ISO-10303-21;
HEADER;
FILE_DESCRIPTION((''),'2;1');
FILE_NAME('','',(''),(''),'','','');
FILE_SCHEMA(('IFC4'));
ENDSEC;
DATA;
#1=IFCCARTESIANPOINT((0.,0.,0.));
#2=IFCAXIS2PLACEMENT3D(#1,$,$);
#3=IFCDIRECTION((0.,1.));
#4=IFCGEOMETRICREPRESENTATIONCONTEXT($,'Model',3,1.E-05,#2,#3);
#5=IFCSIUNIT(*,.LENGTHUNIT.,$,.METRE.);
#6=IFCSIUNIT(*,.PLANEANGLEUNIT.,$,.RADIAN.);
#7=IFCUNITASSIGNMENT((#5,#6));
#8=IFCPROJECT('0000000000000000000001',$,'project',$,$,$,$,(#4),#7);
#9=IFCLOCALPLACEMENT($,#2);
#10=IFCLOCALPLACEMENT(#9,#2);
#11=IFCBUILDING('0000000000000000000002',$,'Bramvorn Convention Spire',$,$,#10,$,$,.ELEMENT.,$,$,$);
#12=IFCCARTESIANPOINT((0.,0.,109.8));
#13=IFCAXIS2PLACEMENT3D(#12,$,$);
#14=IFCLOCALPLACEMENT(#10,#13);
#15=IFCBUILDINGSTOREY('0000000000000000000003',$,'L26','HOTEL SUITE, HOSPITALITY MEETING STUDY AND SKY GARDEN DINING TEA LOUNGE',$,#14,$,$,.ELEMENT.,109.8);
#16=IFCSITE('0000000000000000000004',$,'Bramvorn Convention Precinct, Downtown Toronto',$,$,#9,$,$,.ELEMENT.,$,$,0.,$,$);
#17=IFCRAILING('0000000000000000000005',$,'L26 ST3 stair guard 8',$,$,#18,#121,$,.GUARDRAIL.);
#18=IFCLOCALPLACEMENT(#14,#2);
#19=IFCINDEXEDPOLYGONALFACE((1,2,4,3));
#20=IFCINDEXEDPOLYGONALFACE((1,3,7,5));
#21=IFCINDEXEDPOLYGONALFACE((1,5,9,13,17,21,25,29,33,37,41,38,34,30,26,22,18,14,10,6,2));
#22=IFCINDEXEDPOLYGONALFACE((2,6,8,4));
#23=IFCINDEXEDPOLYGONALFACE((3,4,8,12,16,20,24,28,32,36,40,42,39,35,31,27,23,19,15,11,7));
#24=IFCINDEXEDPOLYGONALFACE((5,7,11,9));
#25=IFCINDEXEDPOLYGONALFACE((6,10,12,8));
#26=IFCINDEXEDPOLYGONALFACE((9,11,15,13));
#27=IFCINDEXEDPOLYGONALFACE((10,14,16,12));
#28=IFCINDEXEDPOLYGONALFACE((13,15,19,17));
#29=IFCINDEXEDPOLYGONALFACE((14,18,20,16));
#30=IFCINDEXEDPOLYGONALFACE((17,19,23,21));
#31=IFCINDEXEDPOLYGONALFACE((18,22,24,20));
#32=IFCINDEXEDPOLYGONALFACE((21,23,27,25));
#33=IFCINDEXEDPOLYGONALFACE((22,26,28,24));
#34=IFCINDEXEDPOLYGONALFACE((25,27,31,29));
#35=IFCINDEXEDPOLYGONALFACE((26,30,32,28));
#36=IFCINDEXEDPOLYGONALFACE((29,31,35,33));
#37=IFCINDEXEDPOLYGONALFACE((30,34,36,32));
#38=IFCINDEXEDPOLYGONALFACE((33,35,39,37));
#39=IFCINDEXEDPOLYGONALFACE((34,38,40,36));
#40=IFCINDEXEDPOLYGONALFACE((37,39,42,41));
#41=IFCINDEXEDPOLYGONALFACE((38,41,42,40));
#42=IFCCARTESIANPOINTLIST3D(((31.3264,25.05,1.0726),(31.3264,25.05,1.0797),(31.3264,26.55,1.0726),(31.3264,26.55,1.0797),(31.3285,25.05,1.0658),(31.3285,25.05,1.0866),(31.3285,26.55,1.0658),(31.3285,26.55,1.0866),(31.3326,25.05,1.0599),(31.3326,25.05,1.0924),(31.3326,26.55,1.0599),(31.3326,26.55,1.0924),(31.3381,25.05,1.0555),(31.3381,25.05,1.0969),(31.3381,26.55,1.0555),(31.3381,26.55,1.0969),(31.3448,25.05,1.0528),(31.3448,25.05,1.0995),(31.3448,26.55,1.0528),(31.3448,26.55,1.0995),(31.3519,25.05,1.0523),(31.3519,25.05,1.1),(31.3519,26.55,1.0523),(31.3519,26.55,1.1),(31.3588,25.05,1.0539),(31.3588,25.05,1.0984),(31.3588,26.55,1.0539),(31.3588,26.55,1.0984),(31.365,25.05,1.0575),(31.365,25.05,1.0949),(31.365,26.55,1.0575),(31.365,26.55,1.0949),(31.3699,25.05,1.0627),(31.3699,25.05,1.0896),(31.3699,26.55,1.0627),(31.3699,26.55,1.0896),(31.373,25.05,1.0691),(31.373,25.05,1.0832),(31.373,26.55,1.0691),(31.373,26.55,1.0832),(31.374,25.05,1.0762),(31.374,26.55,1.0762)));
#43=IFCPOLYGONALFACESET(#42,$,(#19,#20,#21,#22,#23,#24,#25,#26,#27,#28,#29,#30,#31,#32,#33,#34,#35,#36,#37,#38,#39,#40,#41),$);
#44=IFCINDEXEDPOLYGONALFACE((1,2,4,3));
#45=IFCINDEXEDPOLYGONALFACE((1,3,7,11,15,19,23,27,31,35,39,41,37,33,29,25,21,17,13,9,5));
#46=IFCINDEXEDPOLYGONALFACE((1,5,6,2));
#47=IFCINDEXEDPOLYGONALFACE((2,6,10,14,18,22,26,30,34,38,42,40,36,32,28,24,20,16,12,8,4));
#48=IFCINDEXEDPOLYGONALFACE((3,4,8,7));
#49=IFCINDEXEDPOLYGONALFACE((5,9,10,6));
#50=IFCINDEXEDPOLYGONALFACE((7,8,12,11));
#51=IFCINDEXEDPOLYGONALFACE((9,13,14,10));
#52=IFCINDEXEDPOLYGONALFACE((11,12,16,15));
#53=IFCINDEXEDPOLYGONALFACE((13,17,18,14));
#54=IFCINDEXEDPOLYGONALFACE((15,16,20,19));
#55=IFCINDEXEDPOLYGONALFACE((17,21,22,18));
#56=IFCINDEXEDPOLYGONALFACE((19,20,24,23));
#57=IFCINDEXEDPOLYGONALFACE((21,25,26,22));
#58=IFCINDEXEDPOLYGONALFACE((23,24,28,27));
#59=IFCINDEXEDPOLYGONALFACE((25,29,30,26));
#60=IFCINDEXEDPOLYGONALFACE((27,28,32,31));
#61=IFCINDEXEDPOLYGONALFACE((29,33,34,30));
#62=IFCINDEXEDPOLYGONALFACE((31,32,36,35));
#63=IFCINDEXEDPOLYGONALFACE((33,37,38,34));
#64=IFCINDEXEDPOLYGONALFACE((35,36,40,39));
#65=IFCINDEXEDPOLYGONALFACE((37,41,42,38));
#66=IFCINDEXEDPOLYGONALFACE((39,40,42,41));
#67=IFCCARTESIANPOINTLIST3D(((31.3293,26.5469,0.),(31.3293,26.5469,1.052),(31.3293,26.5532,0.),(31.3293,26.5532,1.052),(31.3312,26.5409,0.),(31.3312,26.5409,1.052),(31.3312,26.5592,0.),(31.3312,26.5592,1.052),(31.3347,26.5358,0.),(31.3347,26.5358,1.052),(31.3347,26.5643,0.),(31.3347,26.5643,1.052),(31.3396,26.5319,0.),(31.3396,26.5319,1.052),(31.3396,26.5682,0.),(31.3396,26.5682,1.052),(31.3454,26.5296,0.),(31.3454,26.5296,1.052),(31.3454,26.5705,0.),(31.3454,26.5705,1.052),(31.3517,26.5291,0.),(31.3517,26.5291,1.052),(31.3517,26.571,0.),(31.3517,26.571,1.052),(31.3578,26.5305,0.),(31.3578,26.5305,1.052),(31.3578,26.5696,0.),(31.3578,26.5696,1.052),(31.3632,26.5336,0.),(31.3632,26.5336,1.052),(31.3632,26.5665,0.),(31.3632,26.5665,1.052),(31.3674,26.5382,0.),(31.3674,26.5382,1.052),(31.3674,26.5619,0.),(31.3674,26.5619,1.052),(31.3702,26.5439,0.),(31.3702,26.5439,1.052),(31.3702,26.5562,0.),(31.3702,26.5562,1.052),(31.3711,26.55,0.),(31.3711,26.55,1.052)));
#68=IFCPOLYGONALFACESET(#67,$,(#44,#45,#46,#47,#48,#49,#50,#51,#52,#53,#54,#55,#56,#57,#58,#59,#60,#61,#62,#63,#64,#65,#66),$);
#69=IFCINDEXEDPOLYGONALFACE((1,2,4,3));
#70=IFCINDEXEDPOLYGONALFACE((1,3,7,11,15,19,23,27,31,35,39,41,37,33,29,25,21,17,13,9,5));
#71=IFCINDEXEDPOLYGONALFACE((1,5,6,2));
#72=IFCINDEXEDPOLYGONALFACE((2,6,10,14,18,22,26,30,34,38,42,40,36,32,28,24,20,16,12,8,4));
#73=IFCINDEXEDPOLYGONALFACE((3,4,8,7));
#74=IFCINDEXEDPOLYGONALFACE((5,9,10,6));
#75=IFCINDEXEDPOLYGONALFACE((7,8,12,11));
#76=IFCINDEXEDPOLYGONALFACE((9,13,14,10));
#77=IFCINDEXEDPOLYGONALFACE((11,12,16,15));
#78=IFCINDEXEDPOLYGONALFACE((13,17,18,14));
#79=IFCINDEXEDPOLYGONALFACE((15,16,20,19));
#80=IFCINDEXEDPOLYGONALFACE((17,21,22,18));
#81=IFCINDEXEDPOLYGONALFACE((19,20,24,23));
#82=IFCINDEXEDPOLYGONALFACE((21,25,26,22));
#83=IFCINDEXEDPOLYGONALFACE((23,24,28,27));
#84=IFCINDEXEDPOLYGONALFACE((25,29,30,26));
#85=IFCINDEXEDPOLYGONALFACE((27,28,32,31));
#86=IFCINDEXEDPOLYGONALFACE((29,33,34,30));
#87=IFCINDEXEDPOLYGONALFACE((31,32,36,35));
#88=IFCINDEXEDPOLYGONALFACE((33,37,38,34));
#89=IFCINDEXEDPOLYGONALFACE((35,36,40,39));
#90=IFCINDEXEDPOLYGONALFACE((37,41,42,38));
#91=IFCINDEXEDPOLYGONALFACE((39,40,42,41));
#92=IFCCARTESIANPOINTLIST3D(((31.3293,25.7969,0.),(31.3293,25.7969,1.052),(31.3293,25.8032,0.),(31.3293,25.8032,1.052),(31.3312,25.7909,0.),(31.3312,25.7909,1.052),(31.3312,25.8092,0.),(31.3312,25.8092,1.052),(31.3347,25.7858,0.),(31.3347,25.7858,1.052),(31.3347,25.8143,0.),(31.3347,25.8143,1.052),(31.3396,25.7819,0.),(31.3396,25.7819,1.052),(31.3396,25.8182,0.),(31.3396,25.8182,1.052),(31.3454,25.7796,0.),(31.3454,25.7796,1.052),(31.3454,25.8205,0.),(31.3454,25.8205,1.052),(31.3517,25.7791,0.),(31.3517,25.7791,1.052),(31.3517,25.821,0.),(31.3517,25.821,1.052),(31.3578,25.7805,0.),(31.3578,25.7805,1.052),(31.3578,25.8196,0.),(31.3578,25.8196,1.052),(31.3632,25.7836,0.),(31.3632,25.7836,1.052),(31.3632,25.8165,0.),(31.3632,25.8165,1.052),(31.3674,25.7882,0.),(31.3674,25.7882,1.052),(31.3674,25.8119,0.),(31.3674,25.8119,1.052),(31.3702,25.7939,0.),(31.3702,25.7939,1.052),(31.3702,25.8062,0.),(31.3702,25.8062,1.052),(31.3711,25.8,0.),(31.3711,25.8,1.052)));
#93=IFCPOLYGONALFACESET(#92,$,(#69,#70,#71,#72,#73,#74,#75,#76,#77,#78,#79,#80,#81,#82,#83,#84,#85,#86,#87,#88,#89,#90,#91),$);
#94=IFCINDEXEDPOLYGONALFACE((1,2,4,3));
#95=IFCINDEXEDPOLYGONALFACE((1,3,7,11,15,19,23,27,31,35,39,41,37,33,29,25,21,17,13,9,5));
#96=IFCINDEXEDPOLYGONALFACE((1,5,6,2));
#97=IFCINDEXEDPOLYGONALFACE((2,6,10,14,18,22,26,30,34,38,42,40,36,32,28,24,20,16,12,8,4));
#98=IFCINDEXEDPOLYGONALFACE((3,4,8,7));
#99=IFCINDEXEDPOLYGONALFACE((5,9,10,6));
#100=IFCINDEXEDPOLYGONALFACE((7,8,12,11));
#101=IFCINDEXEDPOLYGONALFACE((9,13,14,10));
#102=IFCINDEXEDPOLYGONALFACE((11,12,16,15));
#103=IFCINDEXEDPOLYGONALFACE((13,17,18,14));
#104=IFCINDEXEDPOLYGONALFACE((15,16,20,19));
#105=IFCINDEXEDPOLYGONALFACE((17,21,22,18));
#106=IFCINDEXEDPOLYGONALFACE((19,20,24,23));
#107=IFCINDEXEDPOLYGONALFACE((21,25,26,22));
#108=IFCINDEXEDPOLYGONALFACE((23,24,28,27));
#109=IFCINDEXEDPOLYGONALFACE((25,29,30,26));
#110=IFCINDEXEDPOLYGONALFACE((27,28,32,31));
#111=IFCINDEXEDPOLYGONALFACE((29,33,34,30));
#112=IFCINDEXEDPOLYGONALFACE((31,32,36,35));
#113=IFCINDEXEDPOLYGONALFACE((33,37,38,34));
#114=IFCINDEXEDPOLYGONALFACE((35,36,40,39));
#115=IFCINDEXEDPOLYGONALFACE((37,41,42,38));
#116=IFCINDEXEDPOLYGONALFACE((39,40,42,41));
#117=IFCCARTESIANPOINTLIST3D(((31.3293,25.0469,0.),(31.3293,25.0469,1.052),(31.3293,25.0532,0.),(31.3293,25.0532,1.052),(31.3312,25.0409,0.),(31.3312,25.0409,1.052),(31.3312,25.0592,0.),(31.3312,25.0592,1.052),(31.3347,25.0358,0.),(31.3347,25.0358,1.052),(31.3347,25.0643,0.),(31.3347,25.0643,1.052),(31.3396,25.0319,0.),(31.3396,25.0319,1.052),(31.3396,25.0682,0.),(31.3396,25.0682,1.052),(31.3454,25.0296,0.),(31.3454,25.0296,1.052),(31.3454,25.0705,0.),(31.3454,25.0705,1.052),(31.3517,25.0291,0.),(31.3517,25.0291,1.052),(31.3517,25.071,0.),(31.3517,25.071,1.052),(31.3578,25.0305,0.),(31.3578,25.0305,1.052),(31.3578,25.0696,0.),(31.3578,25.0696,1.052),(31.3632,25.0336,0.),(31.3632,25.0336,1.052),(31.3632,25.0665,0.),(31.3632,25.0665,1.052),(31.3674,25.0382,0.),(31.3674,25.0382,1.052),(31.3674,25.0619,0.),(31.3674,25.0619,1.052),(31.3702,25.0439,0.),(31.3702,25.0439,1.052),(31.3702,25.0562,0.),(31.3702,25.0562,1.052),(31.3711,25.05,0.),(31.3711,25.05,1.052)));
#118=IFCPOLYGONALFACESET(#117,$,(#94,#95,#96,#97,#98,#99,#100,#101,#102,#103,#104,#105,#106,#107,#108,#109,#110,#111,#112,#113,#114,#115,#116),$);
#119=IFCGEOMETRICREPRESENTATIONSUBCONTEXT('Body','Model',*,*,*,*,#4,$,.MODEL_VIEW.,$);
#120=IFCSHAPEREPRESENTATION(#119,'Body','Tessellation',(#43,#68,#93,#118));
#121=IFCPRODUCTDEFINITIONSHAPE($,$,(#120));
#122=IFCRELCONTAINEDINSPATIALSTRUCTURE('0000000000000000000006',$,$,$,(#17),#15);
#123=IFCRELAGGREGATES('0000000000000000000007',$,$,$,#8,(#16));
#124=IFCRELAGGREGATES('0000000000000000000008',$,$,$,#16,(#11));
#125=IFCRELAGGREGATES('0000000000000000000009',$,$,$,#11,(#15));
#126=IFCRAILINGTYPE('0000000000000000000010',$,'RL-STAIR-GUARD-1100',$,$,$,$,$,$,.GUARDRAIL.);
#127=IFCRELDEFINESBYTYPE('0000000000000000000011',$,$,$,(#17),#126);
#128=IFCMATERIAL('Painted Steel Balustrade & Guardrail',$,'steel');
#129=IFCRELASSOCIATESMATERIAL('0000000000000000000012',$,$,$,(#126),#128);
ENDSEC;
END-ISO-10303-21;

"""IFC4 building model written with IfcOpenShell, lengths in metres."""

from ifc_helpers import new_model, si_unit, direction, frame, origin, origin_2d, place, context, subcontext, project, spatial, circle, extrude, material, type_object, element, save


model = new_model("IFC4")

# Units and contexts
model_context = context("Model", 3, precision=1e-05, world=origin(), true_north=direction((0.0, 1.0)))
body_context = subcontext(model_context, "Body", "Model", "MODEL_VIEW")
ifc_project = project(units=[si_unit("LENGTHUNIT", "METRE"), si_unit("PLANEANGLEUNIT", "RADIAN")], contexts=[model_context])

# Site, building, storey
site_placement = place(None, origin())
site = spatial("IfcSite", under=ifc_project, at=site_placement, Name="Bramvorn Convention Precinct, Downtown Toronto", CompositionType="ELEMENT", RefElevation=0.0)
building_placement = place(site_placement, origin())
building = spatial("IfcBuilding", under=site, at=building_placement, Name="Bramvorn Convention Spire", CompositionType="ELEMENT")
storey_placement = place(building_placement, frame((0.0, 0.0, 109.8)))
storey = spatial("IfcBuildingStorey", under=building, at=storey_placement, Name="L26", Description="HOTEL SUITE, HOSPITALITY MEETING STUDY AND SKY GARDEN DINING TEA LOUNGE", CompositionType="ELEMENT", Elevation=109.8)

# Railing
ifc_material_1 = material(Name="Painted Steel Balustrade & Guardrail", Category="steel")
railing_type = type_object("IfcRailingType", Name="RL-STAIR-GUARD-1100", PredefinedType="GUARDRAIL", material=ifc_material_1)
railing_1_placement = place(storey_placement, frame((31.3501, 26.55, 0.0)))
element("IfcRailing", 1, at=railing_1_placement, inside=storey, type_object=railing_type, Name="L26 ST3 stair guard 8", PredefinedType="GUARDRAIL", context=body_context, shape_type="SweptSolid", body=[
    extrude(circle(Radius=0.0239, at=origin_2d()), frame((0.0, 0.0, 1.0762), z_axis=(0.0, -1.0, 0.0), x_axis=(1.0, 0.0, 0.0)), (0.0, 0.0, 1.0), 1.5),
    extrude(circle(Radius=0.021, at=origin_2d()), origin(), (0.0, 0.0, 1.0), 1.052),
    extrude(circle(Radius=0.021, at=origin_2d()), frame((0.0, -0.75, 0.0)), (0.0, 0.0, 1.0), 1.052),
    extrude(circle(Radius=0.021, at=origin_2d()), frame((0.0, -1.5, 0.0)), (0.0, 0.0, 1.0), 1.052),
])

save(model, "model.ifc")
